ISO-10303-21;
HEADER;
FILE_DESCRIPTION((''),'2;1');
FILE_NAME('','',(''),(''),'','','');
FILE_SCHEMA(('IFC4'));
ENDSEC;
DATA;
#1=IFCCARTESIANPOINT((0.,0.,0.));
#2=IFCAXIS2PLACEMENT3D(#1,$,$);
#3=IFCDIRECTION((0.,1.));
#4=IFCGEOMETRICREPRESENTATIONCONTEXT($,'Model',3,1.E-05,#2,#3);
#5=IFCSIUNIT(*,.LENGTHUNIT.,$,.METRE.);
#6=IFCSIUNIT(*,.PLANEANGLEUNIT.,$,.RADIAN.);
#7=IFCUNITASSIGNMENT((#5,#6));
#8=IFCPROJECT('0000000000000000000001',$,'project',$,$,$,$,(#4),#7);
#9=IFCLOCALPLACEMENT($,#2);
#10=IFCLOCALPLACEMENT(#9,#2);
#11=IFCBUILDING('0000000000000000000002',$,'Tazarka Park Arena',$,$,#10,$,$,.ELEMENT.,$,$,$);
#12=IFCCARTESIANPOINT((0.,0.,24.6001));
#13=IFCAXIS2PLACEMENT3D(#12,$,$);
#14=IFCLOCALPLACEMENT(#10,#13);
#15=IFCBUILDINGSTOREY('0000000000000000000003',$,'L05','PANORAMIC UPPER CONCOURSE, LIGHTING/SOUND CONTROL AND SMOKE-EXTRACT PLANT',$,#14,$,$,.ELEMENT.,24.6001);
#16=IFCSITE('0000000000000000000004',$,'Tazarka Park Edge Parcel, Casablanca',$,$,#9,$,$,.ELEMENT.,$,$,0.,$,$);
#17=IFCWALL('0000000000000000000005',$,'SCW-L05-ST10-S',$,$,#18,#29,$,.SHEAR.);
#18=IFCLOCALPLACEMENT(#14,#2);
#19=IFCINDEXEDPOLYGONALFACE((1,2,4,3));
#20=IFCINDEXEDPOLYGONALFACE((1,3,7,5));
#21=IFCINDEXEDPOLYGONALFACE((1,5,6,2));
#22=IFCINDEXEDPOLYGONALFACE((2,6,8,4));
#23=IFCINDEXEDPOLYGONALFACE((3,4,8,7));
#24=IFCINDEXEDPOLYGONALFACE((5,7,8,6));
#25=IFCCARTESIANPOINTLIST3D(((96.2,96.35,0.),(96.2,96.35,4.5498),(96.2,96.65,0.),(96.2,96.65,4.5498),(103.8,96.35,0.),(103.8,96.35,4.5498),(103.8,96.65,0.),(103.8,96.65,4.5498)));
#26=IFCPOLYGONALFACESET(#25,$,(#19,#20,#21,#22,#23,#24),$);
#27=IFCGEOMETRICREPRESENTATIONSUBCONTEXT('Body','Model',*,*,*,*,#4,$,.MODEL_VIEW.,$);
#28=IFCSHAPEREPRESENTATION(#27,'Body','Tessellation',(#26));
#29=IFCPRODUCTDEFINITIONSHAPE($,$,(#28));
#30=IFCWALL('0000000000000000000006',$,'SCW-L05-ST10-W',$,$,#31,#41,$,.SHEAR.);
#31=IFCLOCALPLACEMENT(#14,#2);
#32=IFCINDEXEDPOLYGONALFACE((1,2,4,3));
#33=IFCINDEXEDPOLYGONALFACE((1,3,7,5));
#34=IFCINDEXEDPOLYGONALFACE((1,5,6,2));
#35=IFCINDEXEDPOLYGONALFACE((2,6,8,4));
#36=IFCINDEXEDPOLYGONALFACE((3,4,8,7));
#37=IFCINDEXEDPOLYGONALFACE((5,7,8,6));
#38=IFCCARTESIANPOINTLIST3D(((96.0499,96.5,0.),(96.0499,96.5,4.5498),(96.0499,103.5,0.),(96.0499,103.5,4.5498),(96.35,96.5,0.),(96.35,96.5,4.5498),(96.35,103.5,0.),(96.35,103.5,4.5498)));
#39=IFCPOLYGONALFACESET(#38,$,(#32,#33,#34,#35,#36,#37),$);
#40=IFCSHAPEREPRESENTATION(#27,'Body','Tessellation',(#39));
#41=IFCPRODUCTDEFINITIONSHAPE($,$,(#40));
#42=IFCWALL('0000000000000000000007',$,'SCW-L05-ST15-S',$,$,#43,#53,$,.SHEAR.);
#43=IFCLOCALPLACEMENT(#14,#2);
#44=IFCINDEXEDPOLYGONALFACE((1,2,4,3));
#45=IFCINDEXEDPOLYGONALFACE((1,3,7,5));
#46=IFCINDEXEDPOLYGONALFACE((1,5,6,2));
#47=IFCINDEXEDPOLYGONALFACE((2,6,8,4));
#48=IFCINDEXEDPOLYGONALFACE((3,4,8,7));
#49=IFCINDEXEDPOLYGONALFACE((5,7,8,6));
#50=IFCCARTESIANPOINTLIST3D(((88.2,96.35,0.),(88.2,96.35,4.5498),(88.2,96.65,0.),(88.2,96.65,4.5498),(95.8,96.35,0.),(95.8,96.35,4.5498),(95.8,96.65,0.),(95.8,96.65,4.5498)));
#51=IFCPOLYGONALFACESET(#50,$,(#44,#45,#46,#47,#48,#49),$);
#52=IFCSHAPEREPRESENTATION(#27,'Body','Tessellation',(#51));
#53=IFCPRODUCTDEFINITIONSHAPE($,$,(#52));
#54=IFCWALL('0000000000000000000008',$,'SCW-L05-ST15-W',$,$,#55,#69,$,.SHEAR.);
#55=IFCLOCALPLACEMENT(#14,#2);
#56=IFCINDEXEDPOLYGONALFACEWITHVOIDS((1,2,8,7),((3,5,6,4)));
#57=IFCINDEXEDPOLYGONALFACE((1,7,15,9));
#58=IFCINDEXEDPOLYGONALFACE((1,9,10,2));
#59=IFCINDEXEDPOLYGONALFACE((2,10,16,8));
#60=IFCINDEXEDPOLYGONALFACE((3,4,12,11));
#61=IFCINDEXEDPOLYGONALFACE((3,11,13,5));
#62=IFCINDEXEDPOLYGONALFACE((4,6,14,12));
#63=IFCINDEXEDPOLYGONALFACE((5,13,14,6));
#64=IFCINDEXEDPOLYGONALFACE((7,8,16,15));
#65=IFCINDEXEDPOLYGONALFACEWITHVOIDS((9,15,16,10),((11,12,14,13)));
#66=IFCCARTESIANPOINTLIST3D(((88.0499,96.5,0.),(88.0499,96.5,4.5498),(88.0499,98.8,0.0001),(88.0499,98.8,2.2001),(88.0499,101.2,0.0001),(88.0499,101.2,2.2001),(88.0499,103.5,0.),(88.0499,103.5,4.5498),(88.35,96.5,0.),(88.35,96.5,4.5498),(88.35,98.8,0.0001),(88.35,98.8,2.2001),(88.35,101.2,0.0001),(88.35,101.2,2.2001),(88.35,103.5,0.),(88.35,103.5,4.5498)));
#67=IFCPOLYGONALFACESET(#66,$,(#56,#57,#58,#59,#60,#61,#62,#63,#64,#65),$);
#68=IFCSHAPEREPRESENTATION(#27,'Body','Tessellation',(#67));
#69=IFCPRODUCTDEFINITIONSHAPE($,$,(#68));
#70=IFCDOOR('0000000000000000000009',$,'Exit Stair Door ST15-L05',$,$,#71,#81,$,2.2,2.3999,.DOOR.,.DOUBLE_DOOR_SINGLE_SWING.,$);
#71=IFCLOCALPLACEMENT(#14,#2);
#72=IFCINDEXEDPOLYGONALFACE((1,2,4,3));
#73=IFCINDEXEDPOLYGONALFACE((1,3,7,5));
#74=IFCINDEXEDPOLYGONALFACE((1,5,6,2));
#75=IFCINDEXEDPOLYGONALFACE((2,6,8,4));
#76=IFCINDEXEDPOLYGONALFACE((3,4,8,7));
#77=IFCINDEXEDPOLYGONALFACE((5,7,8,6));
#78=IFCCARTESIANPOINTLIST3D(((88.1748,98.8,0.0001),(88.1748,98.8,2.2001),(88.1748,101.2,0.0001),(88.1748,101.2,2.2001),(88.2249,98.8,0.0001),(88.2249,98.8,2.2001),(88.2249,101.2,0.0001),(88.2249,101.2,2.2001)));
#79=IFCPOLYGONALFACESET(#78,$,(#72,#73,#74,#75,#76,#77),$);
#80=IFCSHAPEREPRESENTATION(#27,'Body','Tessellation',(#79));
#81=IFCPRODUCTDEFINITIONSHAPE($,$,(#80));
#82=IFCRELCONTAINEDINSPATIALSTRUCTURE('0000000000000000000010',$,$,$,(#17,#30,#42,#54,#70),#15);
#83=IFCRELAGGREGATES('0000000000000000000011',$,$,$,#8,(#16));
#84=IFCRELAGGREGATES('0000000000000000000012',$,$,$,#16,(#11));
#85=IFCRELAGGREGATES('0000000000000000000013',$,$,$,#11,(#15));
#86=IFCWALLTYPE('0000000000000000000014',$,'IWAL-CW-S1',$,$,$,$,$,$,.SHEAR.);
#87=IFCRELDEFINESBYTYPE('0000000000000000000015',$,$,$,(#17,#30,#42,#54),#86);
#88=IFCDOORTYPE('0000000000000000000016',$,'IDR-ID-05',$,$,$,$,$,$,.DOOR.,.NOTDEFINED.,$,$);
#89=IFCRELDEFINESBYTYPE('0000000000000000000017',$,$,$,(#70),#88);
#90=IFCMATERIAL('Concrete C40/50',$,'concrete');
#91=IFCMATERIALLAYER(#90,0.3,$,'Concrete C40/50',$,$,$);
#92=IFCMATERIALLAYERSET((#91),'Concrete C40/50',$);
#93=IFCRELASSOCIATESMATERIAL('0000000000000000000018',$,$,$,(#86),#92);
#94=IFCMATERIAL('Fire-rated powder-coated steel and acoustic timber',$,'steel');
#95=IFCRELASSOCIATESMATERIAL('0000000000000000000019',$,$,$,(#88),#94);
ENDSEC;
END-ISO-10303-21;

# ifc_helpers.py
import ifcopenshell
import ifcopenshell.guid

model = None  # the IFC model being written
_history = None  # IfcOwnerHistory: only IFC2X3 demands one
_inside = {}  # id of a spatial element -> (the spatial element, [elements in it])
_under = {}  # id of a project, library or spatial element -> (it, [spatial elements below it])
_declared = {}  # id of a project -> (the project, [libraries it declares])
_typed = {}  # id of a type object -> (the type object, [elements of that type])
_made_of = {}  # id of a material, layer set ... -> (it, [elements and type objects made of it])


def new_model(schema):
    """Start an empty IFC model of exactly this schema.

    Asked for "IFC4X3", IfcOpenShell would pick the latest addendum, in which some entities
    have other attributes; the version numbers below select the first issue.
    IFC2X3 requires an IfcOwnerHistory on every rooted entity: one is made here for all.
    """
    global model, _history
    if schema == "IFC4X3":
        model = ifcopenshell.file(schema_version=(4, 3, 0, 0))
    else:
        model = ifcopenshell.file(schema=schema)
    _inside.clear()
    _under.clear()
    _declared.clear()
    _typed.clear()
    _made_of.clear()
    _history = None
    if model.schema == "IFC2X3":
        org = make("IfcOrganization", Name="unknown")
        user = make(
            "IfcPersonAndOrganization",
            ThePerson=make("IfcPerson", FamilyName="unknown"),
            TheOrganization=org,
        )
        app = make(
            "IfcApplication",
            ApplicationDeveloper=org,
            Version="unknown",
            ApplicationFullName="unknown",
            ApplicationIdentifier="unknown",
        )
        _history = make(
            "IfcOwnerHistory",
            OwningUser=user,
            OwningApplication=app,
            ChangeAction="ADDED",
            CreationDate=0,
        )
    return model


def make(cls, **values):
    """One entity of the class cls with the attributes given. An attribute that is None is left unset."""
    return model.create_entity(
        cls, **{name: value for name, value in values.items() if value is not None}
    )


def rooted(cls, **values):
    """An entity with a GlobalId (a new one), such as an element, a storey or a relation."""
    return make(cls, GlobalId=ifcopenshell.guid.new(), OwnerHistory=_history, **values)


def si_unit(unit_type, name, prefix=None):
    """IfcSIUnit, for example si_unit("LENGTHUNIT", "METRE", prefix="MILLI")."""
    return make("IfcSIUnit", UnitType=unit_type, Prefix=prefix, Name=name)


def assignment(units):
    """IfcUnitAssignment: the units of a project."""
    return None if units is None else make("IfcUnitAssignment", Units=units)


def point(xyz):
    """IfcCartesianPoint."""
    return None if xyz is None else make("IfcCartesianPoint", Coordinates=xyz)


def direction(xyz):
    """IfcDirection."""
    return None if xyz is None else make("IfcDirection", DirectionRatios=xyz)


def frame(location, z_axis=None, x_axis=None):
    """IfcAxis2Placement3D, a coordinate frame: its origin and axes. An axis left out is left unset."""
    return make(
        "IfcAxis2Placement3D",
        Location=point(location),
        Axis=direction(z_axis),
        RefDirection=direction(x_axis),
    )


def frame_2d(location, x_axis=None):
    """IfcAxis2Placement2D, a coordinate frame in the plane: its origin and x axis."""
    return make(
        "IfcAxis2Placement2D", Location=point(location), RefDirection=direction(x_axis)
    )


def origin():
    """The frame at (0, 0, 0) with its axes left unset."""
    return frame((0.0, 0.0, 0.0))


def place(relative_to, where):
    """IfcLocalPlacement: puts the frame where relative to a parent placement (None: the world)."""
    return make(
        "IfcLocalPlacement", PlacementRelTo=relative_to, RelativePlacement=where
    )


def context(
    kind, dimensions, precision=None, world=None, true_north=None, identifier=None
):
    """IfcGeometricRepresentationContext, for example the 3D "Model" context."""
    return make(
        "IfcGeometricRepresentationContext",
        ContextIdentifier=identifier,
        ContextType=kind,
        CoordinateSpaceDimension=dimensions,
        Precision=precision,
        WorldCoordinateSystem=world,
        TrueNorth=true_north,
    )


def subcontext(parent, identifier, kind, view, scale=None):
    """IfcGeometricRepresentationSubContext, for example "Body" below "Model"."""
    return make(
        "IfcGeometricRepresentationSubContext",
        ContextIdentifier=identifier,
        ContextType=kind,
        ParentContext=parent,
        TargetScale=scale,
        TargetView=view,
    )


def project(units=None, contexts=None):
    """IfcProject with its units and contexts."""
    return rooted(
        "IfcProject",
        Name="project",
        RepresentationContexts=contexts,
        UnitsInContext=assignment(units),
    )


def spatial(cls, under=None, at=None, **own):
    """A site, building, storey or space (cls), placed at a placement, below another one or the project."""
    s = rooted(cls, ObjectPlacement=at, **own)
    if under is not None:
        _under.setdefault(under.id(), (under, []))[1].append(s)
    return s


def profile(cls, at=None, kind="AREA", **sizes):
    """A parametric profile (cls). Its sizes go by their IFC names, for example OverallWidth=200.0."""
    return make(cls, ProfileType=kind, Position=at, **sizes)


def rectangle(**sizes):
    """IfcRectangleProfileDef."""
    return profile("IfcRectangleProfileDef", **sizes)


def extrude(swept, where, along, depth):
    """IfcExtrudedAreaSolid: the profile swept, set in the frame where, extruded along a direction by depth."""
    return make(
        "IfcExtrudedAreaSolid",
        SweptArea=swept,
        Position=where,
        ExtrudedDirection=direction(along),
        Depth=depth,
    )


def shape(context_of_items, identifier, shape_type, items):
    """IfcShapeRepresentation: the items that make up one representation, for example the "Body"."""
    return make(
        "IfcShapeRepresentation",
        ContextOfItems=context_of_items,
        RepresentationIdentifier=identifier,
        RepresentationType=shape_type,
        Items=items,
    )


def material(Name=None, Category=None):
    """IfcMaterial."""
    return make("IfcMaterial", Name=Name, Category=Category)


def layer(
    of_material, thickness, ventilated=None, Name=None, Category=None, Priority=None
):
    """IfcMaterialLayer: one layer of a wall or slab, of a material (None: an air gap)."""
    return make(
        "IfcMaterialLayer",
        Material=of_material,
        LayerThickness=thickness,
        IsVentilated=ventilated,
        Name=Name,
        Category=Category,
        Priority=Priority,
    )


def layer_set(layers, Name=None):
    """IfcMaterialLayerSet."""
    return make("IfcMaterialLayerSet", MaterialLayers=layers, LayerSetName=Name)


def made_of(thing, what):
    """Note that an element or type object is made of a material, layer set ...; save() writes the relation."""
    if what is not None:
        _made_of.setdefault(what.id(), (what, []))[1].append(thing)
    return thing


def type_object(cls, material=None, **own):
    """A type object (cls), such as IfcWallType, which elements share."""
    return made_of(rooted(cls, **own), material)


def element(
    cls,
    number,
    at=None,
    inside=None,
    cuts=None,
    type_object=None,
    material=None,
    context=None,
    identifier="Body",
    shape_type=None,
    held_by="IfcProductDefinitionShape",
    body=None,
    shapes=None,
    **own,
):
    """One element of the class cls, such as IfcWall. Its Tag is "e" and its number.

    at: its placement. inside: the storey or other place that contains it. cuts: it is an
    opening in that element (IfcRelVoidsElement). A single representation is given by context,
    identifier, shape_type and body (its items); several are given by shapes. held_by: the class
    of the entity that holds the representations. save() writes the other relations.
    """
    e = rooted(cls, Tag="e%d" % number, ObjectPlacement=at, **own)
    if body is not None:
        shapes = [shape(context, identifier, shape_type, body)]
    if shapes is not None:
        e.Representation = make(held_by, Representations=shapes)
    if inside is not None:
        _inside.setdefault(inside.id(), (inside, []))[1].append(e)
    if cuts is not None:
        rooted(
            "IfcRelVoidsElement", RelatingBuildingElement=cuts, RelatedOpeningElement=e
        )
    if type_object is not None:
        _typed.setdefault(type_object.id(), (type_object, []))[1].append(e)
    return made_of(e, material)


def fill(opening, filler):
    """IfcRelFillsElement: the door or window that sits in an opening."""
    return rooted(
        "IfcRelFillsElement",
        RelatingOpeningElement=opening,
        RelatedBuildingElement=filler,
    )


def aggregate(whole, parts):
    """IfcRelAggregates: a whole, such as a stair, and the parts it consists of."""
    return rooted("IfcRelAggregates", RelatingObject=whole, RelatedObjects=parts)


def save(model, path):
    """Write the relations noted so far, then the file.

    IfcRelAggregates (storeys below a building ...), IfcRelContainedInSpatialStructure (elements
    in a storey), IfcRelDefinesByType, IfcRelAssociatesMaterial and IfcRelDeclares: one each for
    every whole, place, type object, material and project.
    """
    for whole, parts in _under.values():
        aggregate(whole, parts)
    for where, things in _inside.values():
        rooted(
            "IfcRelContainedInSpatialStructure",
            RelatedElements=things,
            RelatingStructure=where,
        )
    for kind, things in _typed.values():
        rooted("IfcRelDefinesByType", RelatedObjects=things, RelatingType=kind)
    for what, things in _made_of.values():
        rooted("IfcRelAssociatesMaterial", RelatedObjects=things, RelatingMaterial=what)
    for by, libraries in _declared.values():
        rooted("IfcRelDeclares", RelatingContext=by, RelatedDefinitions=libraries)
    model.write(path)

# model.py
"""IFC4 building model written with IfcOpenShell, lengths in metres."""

from ifc_helpers import new_model, si_unit, direction, frame, frame_2d, origin, place, context, subcontext, project, spatial, rectangle, extrude, material, layer, layer_set, type_object, element, fill, save


model = new_model("IFC4")

# Units and contexts
model_context = context("Model", 3, precision=1e-05, world=origin(), true_north=direction((0.0, 1.0)))
body_context = subcontext(model_context, "Body", "Model", "MODEL_VIEW")
ifc_project = project(units=[si_unit("LENGTHUNIT", "METRE"), si_unit("PLANEANGLEUNIT", "RADIAN")], contexts=[model_context])

# Site, building, storey
site_placement = place(None, origin())
site = spatial("IfcSite", under=ifc_project, at=site_placement, Name="Tazarka Park Edge Parcel, Casablanca", CompositionType="ELEMENT", RefElevation=0.0)
building_placement = place(site_placement, origin())
building = spatial("IfcBuilding", under=site, at=building_placement, Name="Tazarka Park Arena", CompositionType="ELEMENT")
storey_placement = place(building_placement, frame((0.0, 0.0, 24.6001)))
storey = spatial("IfcBuildingStorey", under=building, at=storey_placement, Name="L05", Description="PANORAMIC UPPER CONCOURSE, LIGHTING/SOUND CONTROL AND SMOKE-EXTRACT PLANT", CompositionType="ELEMENT", Elevation=24.6001)

# Walls
ifc_material_1 = material(Name="Concrete C40/50", Category="concrete")
ifc_layer = layer(ifc_material_1, 0.3, Name="Concrete C40/50")
ifc_layer_set = layer_set([ifc_layer], Name="Concrete C40/50")
wall_type = type_object("IfcWallType", Name="IWAL-CW-S1", PredefinedType="SHEAR", material=ifc_layer_set)
wall_1_placement = place(storey_placement, frame((103.8, 96.5, 0.0), z_axis=(0.0, 0.0, 1.0), x_axis=(-1.0, 0.0, 0.0)))
element("IfcWall", 1, at=wall_1_placement, inside=storey, type_object=wall_type, Name="SCW-L05-ST10-S", PredefinedType="SHEAR", context=body_context, shape_type="SweptSolid", body=[
    extrude(rectangle(XDim=7.6001, YDim=0.3, at=frame_2d((3.8, 0.0))), origin(), (0.0, 0.0, 1.0), 4.5498),
])
wall_2_placement = place(storey_placement, frame((96.2, 96.5, 0.0), z_axis=(0.0, 0.0, 1.0), x_axis=(0.0, 1.0, 0.0)))
element("IfcWall", 2, at=wall_2_placement, inside=storey, type_object=wall_type, Name="SCW-L05-ST10-W", PredefinedType="SHEAR", context=body_context, shape_type="SweptSolid", body=[
    extrude(rectangle(XDim=7.0, YDim=0.3, at=frame_2d((3.5, 0.0))), origin(), (0.0, 0.0, 1.0), 4.5498),
])
wall_3_placement = place(storey_placement, frame((95.8, 96.5, 0.0), z_axis=(0.0, 0.0, 1.0), x_axis=(-1.0, 0.0, 0.0)))
element("IfcWall", 3, at=wall_3_placement, inside=storey, type_object=wall_type, Name="SCW-L05-ST15-S", PredefinedType="SHEAR", context=body_context, shape_type="SweptSolid", body=[
    extrude(rectangle(XDim=7.6001, YDim=0.3, at=frame_2d((3.8, 0.0))), origin(), (0.0, 0.0, 1.0), 4.5498),
])

# Wall, opening, door
wall_4_placement = place(storey_placement, frame((88.2, 96.5, 0.0), z_axis=(0.0, 0.0, 1.0), x_axis=(0.0, 1.0, 0.0)))
wall_4 = element("IfcWall", 4, at=wall_4_placement, inside=storey, type_object=wall_type, Name="SCW-L05-ST15-W", PredefinedType="SHEAR", context=body_context, shape_type="SweptSolid", body=[
    extrude(rectangle(XDim=7.0, YDim=0.3, at=frame_2d((3.5, 0.0))), origin(), (0.0, 0.0, 1.0), 4.5498),
])
opening_placement = place(wall_4_placement, frame((2.3, 0.0, 0.0)))
opening = element("IfcOpeningElement", 5, at=opening_placement, cuts=wall_4, PredefinedType="OPENING", context=body_context, shape_type="SweptSolid", body=[
    extrude(rectangle(XDim=2.3999, YDim=2.2, at=frame_2d((1.2, 1.1001))), frame((0.0, 0.1602, 0.0), z_axis=(0.0, -1.0, 0.0), x_axis=(1.0, 0.0, 0.0)), (0.0, 0.0, 1.0), 0.3201),
])
ifc_material_2 = material(Name="Fire-rated powder-coated steel and acoustic timber", Category="steel")
door_type = type_object("IfcDoorType", Name="IDR-ID-05", OperationType="NOTDEFINED", PredefinedType="DOOR", material=ifc_material_2)
door_placement = place(opening_placement, frame((2.3999, 0.0, 0.0), z_axis=(0.0, 0.0, 1.0), x_axis=(-1.0, 0.0, 0.0)))
door = element("IfcDoor", 6, at=door_placement, inside=storey, type_object=door_type, Name="Exit Stair Door ST15-L05", OperationType="DOUBLE_DOOR_SINGLE_SWING", OverallHeight=2.2, OverallWidth=2.3999, PredefinedType="DOOR", context=body_context, shape_type="SweptSolid", body=[
    extrude(rectangle(XDim=2.3999, YDim=2.2, at=frame_2d((1.2, 1.1001))), frame((0.0, 0.0249, 0.0), z_axis=(0.0, -1.0, 0.0), x_axis=(1.0, 0.0, 0.0)), (0.0, 0.0, 1.0), 0.05),
])
fill(opening, door)

save(model, "model.ifc")
